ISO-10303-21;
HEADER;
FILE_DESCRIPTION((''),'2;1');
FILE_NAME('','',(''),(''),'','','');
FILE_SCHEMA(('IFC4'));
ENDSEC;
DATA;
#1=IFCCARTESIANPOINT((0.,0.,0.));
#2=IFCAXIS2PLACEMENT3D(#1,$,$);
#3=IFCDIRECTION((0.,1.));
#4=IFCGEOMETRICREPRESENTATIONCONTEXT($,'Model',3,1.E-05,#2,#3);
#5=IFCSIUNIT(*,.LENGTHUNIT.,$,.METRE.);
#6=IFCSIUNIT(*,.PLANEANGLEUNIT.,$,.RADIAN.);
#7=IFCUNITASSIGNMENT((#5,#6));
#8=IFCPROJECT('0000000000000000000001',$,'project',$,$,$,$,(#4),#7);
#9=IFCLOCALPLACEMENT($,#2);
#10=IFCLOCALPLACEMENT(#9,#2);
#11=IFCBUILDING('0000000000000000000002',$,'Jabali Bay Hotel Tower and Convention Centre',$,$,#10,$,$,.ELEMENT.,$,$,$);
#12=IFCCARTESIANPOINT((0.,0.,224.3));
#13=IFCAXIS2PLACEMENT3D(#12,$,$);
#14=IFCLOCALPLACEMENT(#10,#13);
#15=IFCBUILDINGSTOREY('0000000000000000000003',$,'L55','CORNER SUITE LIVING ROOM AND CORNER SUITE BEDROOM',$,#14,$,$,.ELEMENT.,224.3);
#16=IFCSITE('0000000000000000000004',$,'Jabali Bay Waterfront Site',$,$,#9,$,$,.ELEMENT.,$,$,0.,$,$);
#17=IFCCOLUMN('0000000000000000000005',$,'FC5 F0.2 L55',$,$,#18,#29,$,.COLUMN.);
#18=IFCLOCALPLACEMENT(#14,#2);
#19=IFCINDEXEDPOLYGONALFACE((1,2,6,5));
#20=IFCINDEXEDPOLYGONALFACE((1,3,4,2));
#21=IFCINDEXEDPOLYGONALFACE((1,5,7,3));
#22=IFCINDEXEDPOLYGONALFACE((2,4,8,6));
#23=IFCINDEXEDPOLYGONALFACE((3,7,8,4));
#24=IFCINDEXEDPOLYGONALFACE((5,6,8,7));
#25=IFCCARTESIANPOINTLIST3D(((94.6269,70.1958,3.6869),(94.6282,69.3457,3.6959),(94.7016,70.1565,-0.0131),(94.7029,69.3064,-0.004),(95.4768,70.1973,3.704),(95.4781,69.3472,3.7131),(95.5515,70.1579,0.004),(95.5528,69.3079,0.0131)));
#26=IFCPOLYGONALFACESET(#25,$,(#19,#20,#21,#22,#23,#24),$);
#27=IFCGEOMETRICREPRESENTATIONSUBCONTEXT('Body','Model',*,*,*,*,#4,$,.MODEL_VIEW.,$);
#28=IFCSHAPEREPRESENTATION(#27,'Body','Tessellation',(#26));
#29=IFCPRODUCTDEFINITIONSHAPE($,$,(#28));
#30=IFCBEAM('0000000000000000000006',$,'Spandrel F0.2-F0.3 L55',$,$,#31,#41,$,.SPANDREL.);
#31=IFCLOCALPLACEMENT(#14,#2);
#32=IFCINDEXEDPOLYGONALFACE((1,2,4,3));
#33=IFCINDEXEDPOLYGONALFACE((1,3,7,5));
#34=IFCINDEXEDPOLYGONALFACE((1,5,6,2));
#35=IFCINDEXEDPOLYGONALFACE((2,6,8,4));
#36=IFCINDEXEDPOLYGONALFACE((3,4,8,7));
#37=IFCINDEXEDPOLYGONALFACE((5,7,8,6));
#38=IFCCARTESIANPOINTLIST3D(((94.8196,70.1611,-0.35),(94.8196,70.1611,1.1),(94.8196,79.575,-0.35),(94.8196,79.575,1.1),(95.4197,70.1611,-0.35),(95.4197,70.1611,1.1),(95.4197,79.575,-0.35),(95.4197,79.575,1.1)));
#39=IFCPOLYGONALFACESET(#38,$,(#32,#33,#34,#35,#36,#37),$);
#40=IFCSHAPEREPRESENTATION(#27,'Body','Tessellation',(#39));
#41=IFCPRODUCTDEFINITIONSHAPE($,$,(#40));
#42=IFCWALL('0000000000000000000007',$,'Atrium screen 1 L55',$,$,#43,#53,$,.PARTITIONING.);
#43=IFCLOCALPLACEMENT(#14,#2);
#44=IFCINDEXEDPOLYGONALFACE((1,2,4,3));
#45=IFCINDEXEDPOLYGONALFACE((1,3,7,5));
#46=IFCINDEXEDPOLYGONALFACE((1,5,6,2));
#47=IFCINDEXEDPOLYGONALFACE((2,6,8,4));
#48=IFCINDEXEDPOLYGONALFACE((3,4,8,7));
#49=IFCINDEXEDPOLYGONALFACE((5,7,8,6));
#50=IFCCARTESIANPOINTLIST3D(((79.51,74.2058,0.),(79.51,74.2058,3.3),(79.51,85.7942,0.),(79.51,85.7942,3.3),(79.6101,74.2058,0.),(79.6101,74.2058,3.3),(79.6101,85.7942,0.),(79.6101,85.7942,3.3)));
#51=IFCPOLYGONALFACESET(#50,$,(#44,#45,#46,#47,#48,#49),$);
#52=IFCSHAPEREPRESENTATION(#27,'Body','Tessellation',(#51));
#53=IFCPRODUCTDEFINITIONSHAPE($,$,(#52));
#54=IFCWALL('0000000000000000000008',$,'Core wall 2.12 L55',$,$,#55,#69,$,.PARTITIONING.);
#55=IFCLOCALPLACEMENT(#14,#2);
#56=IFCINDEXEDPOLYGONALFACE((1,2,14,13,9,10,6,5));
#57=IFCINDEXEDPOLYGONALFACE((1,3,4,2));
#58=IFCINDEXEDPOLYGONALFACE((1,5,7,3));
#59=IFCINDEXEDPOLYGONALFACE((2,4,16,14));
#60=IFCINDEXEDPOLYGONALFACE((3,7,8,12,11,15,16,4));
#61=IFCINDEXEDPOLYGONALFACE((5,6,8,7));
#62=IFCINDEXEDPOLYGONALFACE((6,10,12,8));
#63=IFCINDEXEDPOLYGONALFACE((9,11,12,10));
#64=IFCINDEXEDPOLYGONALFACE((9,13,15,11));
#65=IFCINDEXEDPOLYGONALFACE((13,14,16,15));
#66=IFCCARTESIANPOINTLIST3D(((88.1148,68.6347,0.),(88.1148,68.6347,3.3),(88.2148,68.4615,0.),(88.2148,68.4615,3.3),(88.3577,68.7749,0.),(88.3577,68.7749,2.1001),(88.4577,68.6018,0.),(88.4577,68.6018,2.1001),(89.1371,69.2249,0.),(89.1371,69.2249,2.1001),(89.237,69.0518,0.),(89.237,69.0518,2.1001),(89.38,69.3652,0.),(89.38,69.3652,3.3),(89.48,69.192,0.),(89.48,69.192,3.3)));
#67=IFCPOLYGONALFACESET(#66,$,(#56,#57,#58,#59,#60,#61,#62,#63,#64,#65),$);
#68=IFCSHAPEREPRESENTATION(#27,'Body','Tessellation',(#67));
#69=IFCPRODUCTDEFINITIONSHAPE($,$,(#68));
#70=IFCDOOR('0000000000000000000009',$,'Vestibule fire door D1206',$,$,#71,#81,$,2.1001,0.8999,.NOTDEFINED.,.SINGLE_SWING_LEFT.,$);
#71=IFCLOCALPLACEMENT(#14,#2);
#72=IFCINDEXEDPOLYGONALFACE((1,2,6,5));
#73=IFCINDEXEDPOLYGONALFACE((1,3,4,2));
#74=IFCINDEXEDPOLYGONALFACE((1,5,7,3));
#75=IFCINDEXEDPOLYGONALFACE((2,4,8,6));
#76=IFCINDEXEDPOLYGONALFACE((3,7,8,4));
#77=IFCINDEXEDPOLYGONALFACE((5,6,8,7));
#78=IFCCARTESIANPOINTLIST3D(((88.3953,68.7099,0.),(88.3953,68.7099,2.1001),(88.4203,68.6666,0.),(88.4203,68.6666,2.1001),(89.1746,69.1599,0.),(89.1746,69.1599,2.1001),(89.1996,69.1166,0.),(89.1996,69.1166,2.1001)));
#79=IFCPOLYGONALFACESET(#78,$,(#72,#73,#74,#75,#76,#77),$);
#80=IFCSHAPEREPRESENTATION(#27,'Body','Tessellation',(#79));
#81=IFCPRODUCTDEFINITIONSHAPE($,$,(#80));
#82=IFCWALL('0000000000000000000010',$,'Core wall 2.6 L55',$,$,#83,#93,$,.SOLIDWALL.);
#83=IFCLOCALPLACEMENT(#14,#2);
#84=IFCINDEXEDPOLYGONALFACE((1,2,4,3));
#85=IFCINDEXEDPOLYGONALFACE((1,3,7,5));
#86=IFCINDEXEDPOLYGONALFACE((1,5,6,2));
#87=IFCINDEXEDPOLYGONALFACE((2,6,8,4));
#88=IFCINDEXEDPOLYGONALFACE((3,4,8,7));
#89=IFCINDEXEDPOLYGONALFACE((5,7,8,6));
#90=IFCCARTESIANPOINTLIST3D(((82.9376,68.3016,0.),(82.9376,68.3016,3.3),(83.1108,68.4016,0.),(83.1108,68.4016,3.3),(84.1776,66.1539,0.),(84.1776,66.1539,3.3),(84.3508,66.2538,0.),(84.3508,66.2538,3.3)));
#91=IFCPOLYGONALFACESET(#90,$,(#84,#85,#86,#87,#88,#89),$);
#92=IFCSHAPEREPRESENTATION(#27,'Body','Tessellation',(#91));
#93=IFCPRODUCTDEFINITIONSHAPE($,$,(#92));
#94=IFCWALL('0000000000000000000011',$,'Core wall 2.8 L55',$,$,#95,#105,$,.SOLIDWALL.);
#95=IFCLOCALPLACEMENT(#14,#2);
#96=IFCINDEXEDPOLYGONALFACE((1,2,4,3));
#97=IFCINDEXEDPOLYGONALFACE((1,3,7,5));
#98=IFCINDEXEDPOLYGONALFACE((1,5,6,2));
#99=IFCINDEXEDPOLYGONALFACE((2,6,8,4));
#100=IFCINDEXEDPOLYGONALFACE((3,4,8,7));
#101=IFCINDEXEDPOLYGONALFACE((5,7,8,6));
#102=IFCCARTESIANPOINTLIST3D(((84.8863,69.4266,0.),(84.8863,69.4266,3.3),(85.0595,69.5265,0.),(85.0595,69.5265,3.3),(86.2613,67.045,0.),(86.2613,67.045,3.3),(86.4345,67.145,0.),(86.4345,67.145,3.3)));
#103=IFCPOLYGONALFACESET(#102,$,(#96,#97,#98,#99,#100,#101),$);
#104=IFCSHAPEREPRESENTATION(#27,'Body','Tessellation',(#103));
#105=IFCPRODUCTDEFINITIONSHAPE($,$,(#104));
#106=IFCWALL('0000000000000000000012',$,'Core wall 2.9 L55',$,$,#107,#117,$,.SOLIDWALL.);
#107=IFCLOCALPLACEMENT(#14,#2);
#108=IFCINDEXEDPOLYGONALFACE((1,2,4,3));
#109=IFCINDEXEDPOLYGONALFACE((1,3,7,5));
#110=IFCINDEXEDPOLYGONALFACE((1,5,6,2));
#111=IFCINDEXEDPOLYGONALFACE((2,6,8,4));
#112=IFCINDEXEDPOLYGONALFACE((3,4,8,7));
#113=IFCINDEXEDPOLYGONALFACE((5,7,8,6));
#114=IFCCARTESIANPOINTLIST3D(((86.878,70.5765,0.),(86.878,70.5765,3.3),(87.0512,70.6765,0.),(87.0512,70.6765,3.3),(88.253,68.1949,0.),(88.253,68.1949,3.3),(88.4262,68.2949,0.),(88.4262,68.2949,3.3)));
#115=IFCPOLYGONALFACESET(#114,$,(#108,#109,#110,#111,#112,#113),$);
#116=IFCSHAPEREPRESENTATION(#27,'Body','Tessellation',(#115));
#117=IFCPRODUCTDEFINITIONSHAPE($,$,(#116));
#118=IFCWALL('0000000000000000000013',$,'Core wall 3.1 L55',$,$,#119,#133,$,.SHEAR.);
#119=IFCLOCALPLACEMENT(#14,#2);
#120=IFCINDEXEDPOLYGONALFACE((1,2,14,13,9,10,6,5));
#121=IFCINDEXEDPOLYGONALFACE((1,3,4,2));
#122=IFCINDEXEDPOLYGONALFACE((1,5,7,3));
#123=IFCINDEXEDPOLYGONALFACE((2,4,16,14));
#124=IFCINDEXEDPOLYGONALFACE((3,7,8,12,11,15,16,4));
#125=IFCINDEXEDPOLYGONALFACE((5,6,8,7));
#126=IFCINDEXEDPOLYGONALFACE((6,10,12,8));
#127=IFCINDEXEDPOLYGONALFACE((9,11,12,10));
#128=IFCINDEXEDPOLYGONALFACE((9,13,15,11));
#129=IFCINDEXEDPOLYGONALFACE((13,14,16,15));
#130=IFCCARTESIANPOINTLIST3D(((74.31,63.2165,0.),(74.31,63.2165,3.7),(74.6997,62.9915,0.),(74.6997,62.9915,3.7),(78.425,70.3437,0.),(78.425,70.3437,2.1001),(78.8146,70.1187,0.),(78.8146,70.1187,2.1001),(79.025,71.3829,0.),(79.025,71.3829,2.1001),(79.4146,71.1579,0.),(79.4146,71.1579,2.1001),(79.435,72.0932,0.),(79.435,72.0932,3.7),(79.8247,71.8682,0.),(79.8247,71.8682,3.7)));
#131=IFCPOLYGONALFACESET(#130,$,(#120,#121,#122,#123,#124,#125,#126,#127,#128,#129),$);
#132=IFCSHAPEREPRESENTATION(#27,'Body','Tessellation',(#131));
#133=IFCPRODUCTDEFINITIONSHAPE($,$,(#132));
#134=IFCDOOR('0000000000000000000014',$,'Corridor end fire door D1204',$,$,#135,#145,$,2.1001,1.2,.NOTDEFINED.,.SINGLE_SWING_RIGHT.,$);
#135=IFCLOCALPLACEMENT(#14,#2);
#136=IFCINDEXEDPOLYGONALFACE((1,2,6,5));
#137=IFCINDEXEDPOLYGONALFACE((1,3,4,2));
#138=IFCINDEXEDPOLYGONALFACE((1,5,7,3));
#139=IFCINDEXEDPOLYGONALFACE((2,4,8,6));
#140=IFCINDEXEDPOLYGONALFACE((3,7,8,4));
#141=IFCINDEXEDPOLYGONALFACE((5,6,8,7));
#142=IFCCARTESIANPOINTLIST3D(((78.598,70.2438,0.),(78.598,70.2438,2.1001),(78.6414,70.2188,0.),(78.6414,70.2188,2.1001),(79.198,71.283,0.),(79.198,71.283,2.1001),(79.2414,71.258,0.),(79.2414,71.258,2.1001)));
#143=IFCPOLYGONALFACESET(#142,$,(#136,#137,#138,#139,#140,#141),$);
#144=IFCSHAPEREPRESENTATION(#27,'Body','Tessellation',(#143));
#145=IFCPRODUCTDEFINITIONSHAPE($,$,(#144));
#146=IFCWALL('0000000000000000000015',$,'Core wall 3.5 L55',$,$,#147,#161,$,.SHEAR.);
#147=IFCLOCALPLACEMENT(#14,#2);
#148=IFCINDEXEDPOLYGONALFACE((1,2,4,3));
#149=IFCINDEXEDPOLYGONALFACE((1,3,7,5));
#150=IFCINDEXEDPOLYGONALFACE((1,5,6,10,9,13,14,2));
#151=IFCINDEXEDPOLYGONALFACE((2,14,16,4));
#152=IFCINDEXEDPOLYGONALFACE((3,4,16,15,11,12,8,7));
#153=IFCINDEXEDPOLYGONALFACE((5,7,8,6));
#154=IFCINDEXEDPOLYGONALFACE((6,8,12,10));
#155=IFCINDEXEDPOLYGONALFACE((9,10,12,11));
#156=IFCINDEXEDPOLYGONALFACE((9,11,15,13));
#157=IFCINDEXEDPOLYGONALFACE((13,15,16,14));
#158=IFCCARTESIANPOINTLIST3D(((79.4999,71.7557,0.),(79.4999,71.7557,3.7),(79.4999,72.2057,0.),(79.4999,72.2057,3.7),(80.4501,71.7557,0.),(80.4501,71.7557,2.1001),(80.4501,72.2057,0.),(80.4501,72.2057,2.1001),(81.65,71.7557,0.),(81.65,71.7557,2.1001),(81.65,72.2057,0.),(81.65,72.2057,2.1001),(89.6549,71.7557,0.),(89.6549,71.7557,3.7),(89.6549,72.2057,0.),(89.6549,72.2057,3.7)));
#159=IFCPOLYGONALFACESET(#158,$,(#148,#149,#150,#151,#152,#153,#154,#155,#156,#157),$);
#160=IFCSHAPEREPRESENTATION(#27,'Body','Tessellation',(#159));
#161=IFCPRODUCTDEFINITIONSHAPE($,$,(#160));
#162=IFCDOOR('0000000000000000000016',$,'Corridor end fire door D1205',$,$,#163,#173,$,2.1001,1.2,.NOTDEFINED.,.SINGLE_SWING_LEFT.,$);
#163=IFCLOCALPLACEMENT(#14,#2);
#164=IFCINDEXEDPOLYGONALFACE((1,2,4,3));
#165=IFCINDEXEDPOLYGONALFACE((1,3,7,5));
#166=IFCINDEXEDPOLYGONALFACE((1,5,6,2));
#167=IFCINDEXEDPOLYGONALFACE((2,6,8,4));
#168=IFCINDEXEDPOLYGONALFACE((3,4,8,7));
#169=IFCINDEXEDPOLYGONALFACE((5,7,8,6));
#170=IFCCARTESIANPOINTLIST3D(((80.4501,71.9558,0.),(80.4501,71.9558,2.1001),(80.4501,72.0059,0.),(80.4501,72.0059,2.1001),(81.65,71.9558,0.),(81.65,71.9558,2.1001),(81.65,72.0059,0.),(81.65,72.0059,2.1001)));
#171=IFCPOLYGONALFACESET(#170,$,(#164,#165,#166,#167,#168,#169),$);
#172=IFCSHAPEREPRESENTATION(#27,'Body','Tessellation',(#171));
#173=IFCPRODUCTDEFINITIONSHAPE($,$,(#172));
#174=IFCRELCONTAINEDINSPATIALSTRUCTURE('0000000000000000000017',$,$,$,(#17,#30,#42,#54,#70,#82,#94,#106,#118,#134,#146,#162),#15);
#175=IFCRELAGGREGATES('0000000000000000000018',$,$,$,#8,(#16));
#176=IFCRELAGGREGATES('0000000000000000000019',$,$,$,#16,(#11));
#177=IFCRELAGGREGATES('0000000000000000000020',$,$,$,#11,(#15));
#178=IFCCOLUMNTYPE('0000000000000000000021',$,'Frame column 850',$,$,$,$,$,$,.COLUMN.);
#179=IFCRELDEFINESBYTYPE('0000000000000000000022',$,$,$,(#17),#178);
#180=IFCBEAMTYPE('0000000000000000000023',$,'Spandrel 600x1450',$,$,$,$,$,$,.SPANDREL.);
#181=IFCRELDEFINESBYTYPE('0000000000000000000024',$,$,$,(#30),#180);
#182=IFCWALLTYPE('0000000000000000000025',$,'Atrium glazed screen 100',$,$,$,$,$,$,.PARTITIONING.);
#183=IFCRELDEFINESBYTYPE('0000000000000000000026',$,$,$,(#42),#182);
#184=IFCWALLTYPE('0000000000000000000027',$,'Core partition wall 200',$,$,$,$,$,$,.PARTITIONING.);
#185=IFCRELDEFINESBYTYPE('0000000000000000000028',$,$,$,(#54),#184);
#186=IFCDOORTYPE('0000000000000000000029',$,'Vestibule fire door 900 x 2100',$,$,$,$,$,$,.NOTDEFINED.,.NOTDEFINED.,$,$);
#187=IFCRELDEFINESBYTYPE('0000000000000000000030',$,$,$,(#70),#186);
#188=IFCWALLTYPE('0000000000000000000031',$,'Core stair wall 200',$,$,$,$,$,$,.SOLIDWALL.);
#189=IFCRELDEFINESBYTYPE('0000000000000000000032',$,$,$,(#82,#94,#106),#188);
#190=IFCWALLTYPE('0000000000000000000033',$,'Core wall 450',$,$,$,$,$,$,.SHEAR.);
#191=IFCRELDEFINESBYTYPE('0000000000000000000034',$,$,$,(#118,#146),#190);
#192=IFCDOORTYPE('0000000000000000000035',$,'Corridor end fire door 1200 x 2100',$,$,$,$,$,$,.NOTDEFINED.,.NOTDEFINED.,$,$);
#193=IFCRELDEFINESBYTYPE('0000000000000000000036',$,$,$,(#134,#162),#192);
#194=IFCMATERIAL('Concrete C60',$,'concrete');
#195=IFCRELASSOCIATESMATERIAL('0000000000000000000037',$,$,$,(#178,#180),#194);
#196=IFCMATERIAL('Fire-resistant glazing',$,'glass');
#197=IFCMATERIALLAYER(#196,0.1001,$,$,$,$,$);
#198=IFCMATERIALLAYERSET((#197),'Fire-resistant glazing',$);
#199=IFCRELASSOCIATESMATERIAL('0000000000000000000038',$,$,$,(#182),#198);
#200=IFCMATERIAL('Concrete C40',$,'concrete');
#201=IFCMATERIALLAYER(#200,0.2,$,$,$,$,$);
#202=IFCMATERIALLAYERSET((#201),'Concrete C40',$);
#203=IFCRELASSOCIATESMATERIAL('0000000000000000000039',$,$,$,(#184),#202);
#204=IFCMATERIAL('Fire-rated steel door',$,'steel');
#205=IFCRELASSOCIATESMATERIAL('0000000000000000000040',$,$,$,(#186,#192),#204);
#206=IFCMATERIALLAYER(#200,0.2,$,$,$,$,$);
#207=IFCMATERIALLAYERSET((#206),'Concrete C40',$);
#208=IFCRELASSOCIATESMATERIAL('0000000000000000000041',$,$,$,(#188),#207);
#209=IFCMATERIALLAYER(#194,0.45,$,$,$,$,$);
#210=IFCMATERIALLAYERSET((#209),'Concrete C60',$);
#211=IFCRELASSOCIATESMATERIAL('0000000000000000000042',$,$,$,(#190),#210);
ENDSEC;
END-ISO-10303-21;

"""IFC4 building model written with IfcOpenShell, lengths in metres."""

from ifc_helpers import new_model, si_unit, direction, frame, frame_2d, origin, origin_2d, place, context, subcontext, project, spatial, rectangle, extrude, material, layer, layer_set, material_profile, profile_set, type_object, element, fill, save


model = new_model("IFC4")

# Units and contexts
model_context = context("Model", 3, precision=1e-05, world=origin(), true_north=direction((0.0, 1.0)))
body_context = subcontext(model_context, "Body", "Model", "MODEL_VIEW")
ifc_project = project(units=[si_unit("LENGTHUNIT", "METRE"), si_unit("PLANEANGLEUNIT", "RADIAN")], contexts=[model_context])

# Site, building, storey
site_placement = place(None, origin())
site = spatial("IfcSite", under=ifc_project, at=site_placement, Name="Jabali Bay Waterfront Site", CompositionType="ELEMENT", RefElevation=0.0)
building_placement = place(site_placement, origin())
building = spatial("IfcBuilding", under=site, at=building_placement, Name="Jabali Bay Hotel Tower and Convention Centre", CompositionType="ELEMENT")
storey_placement = place(building_placement, frame((0.0, 0.0, 224.3)))
storey = spatial("IfcBuildingStorey", under=building, at=storey_placement, Name="L55", Description="CORNER SUITE LIVING ROOM AND CORNER SUITE BEDROOM", CompositionType="ELEMENT", Elevation=224.3)

# Column
ifc_material_1 = material(Name="Concrete C60", Category="concrete")
ifc_material_profile_1 = material_profile(ifc_material_1, rectangle(XDim=0.8501, YDim=0.8501, at=origin_2d()), Name="Frame column 850")
ifc_profile_set_1 = profile_set([ifc_material_profile_1], Name="Concrete C60")
column_type = type_object("IfcColumnType", Name="Frame column 850", PredefinedType="COLUMN", material=ifc_profile_set_1)
column_placement = place(storey_placement, frame((95.1272, 69.7322, 0.0), z_axis=(-0.020186, 0.010621, 0.99974), x_axis=(0.001543, -0.999942, 0.010654)))
element("IfcColumn", 1, at=column_placement, inside=storey, type_object=column_type, Name="FC5 F0.2 L55", PredefinedType="COLUMN", context=body_context, shape_type="SweptSolid", body=[
    extrude(rectangle(XDim=0.8501, YDim=0.8501, at=origin_2d()), origin(), (0.0, 0.0, 1.0), 3.7009),
])

# Beam
ifc_material_profile_2 = material_profile(ifc_material_1, rectangle(XDim=0.6001, YDim=1.45, at=origin_2d()), Name="Spandrel 600x1450")
ifc_profile_set_2 = profile_set([ifc_material_profile_2], Name="Concrete C60")
beam_type = type_object("IfcBeamType", Name="Spandrel 600x1450", PredefinedType="SPANDREL", material=ifc_profile_set_2)
beam_placement = place(storey_placement, frame((95.1196, 70.1611, 0.375), z_axis=(0.0, 1.0, 0.0), x_axis=(-1.0, 0.0, 0.0)))
element("IfcBeam", 2, at=beam_placement, inside=storey, type_object=beam_type, Name="Spandrel F0.2-F0.3 L55", PredefinedType="SPANDREL", context=body_context, shape_type="SweptSolid", body=[
    extrude(rectangle(XDim=0.6001, YDim=1.45, at=origin_2d()), origin(), (0.0, 0.0, 1.0), 9.4138),
])

# Wall
ifc_material_2 = material(Name="Fire-resistant glazing", Category="glass")
ifc_layer_1 = layer(ifc_material_2, 0.1001)
ifc_layer_set_1 = layer_set([ifc_layer_1], Name="Fire-resistant glazing")
wall_type_1 = type_object("IfcWallType", Name="Atrium glazed screen 100", PredefinedType="PARTITIONING", material=ifc_layer_set_1)
wall_1_placement = place(storey_placement, frame((79.5601, 74.2058, 0.0), z_axis=(0.0, 0.0, 1.0), x_axis=(0.0, 1.0, 0.0)))
element("IfcWall", 3, at=wall_1_placement, inside=storey, type_object=wall_type_1, Name="Atrium screen 1 L55", PredefinedType="PARTITIONING", context=body_context, shape_type="SweptSolid", body=[
    extrude(rectangle(XDim=11.5884, YDim=0.1001, at=frame_2d((5.7942, 0.0))), origin(), (0.0, 0.0, 1.0), 3.3),
])

# Wall, opening, door
ifc_material_3 = material(Name="Concrete C40", Category="concrete")
ifc_layer_2 = layer(ifc_material_3, 0.2)
ifc_layer_set_2 = layer_set([ifc_layer_2], Name="Concrete C40")
wall_type_2 = type_object("IfcWallType", Name="Core partition wall 200", PredefinedType="PARTITIONING", material=ifc_layer_set_2)
wall_2_placement = place(storey_placement, frame((88.1648, 68.5481, 0.0), z_axis=(0.0, 0.0, 1.0), x_axis=(0.866013, 0.500021, 0.0)))
wall_2 = element("IfcWall", 4, at=wall_2_placement, inside=storey, type_object=wall_type_2, Name="Core wall 2.12 L55", PredefinedType="PARTITIONING", context=body_context, shape_type="SweptSolid", body=[
    extrude(rectangle(XDim=1.4609, YDim=0.2, at=frame_2d((0.7305, 0.0))), origin(), (0.0, 0.0, 1.0), 3.3),
])
opening_1_placement = place(wall_2_placement, frame((0.2805, 0.0, 0.0)))
opening_1 = element("IfcOpeningElement", 5, at=opening_1_placement, cuts=wall_2, PredefinedType="OPENING", context=body_context, shape_type="SweptSolid", body=[
    extrude(rectangle(XDim=0.8999, YDim=2.1001, at=frame_2d((0.45, 1.05))), frame((0.0, 0.1104, 0.0), z_axis=(0.0, -1.0, 0.0), x_axis=(1.0, 0.0, 0.0)), (0.0, 0.0, 1.0), 0.2209),
])
ifc_material_4 = material(Name="Fire-rated steel door", Category="steel")
door_type_1 = type_object("IfcDoorType", Name="Vestibule fire door 900 x 2100", OperationType="NOTDEFINED", PredefinedType="NOTDEFINED", material=ifc_material_4)
door_1_placement = place(opening_1_placement, origin())
door_1 = element("IfcDoor", 6, at=door_1_placement, inside=storey, type_object=door_type_1, Name="Vestibule fire door D1206", OperationType="SINGLE_SWING_LEFT", OverallHeight=2.1001, OverallWidth=0.8999, PredefinedType="NOTDEFINED", context=body_context, shape_type="SweptSolid", body=[
    extrude(rectangle(XDim=0.8999, YDim=2.1001, at=frame_2d((0.45, 1.05))), frame((0.0, 0.0249, 0.0), z_axis=(0.0, -1.0, 0.0), x_axis=(1.0, 0.0, 0.0)), (0.0, 0.0, 1.0), 0.05),
])
fill(opening_1, door_1)

# Walls
ifc_layer_3 = layer(ifc_material_3, 0.2)
ifc_layer_set_3 = layer_set([ifc_layer_3], Name="Concrete C40")
wall_type_3 = type_object("IfcWallType", Name="Core stair wall 200", PredefinedType="SOLIDWALL", material=ifc_layer_set_3)
wall_3_placement = place(storey_placement, frame((83.0242, 68.3516, 0.0), z_axis=(0.0, 0.0, 1.0), x_axis=(0.500004, -0.866023, 0.0)))
element("IfcWall", 7, at=wall_3_placement, inside=storey, type_object=wall_type_3, Name="Core wall 2.6 L55", PredefinedType="SOLIDWALL", context=body_context, shape_type="SweptSolid", body=[
    extrude(rectangle(XDim=2.48, YDim=0.2, at=frame_2d((1.24, 0.0))), origin(), (0.0, 0.0, 1.0), 3.3),
])
for number, where, z_axis, x_axis, name in (
    (8, (84.9729, 69.4766, 0.0), (0.0, 0.0, 1.0), (0.499997, -0.866027, 0.0), "Core wall 2.8 L55"),
    (9, (86.9646, 70.6265, 0.0), (0.0, 0.0, 1.0), (0.499997, -0.866027, 0.0), "Core wall 2.9 L55"),
):
    element("IfcWall", number, at=place(storey_placement, frame(where, z_axis=z_axis, x_axis=x_axis)), inside=storey, type_object=wall_type_3, Name=name, PredefinedType="SOLIDWALL", context=body_context, shape_type="SweptSolid", body=[
        extrude(rectangle(XDim=2.75, YDim=0.2, at=frame_2d((1.375, 0.0))), origin(), (0.0, 0.0, 1.0), 3.3),
    ])

# Walls, openings, doors
ifc_layer_4 = layer(ifc_material_1, 0.45)
ifc_layer_set_4 = layer_set([ifc_layer_4], Name="Concrete C60")
wall_type_4 = type_object("IfcWallType", Name="Core wall 450", PredefinedType="SHEAR", material=ifc_layer_set_4)
wall_4_placement = place(storey_placement, frame((79.6299, 71.9807, 0.0), z_axis=(0.0, 0.0, 1.0), x_axis=(-0.500002, -0.866024, 0.0)))
wall_4 = element("IfcWall", 10, at=wall_4_placement, inside=storey, type_object=wall_type_4, Name="Core wall 3.1 L55", PredefinedType="SHEAR", context=body_context, shape_type="SweptSolid", body=[
    extrude(rectangle(XDim=10.25, YDim=0.45, at=frame_2d((5.125, 0.0))), origin(), (0.0, 0.0, 1.0), 3.7),
])
opening_2_placement = place(wall_4_placement, frame((0.8201, 0.0, 0.0)))
opening_2 = element("IfcOpeningElement", 11, at=opening_2_placement, cuts=wall_4, PredefinedType="OPENING", context=body_context, shape_type="SweptSolid", body=[
    extrude(rectangle(XDim=1.2, YDim=2.1001, at=frame_2d((0.6001, 1.05))), frame((0.0, 0.2354, 0.0), z_axis=(0.0, -1.0, 0.0), x_axis=(1.0, 0.0, 0.0)), (0.0, 0.0, 1.0), 0.4709),
])
door_type_2 = type_object("IfcDoorType", Name="Corridor end fire door 1200 x 2100", OperationType="NOTDEFINED", PredefinedType="NOTDEFINED", material=ifc_material_4)
door_2_placement = place(opening_2_placement, origin())
door_2 = element("IfcDoor", 12, at=door_2_placement, inside=storey, type_object=door_type_2, Name="Corridor end fire door D1204", OperationType="SINGLE_SWING_RIGHT", OverallHeight=2.1001, OverallWidth=1.2, PredefinedType="NOTDEFINED", context=body_context, shape_type="SweptSolid", body=[
    extrude(rectangle(XDim=1.2, YDim=2.1001, at=frame_2d((0.6001, 1.05))), frame((0.0, 0.0249, 0.0), z_axis=(0.0, -1.0, 0.0), x_axis=(1.0, 0.0, 0.0)), (0.0, 0.0, 1.0), 0.05),
])
fill(opening_2, door_2)
wall_5_placement = place(storey_placement, frame((89.655, 71.9807, 0.0), z_axis=(0.0, 0.0, 1.0), x_axis=(-1.0, 0.0, 0.0)))
wall_5 = element("IfcWall", 13, at=wall_5_placement, inside=storey, type_object=wall_type_4, Name="Core wall 3.5 L55", PredefinedType="SHEAR", context=body_context, shape_type="SweptSolid", body=[
    extrude(rectangle(XDim=10.155, YDim=0.45, at=frame_2d((5.0776, 0.0))), origin(), (0.0, 0.0, 1.0), 3.7),
])
opening_3_placement = place(wall_5_placement, frame((8.0049, 0.0, 0.0)))
opening_3 = element("IfcOpeningElement", 14, at=opening_3_placement, cuts=wall_5, PredefinedType="OPENING", context=body_context, shape_type="SweptSolid", body=[
    extrude(rectangle(XDim=1.2, YDim=2.1001, at=frame_2d((0.6001, 1.05))), frame((0.0, 0.2354, 0.0), z_axis=(0.0, -1.0, 0.0), x_axis=(1.0, 0.0, 0.0)), (0.0, 0.0, 1.0), 0.4709),
])
door_3_placement = place(opening_3_placement, origin())
door_3 = element("IfcDoor", 15, at=door_3_placement, inside=storey, type_object=door_type_2, Name="Corridor end fire door D1205", OperationType="SINGLE_SWING_LEFT", OverallHeight=2.1001, OverallWidth=1.2, PredefinedType="NOTDEFINED", context=body_context, shape_type="SweptSolid", body=[
    extrude(rectangle(XDim=1.2, YDim=2.1001, at=frame_2d((0.6001, 1.05))), frame((0.0, 0.0249, 0.0), z_axis=(0.0, -1.0, 0.0), x_axis=(1.0, 0.0, 0.0)), (0.0, 0.0, 1.0), 0.05),
])
fill(opening_3, door_3)

save(model, "model.ifc")
